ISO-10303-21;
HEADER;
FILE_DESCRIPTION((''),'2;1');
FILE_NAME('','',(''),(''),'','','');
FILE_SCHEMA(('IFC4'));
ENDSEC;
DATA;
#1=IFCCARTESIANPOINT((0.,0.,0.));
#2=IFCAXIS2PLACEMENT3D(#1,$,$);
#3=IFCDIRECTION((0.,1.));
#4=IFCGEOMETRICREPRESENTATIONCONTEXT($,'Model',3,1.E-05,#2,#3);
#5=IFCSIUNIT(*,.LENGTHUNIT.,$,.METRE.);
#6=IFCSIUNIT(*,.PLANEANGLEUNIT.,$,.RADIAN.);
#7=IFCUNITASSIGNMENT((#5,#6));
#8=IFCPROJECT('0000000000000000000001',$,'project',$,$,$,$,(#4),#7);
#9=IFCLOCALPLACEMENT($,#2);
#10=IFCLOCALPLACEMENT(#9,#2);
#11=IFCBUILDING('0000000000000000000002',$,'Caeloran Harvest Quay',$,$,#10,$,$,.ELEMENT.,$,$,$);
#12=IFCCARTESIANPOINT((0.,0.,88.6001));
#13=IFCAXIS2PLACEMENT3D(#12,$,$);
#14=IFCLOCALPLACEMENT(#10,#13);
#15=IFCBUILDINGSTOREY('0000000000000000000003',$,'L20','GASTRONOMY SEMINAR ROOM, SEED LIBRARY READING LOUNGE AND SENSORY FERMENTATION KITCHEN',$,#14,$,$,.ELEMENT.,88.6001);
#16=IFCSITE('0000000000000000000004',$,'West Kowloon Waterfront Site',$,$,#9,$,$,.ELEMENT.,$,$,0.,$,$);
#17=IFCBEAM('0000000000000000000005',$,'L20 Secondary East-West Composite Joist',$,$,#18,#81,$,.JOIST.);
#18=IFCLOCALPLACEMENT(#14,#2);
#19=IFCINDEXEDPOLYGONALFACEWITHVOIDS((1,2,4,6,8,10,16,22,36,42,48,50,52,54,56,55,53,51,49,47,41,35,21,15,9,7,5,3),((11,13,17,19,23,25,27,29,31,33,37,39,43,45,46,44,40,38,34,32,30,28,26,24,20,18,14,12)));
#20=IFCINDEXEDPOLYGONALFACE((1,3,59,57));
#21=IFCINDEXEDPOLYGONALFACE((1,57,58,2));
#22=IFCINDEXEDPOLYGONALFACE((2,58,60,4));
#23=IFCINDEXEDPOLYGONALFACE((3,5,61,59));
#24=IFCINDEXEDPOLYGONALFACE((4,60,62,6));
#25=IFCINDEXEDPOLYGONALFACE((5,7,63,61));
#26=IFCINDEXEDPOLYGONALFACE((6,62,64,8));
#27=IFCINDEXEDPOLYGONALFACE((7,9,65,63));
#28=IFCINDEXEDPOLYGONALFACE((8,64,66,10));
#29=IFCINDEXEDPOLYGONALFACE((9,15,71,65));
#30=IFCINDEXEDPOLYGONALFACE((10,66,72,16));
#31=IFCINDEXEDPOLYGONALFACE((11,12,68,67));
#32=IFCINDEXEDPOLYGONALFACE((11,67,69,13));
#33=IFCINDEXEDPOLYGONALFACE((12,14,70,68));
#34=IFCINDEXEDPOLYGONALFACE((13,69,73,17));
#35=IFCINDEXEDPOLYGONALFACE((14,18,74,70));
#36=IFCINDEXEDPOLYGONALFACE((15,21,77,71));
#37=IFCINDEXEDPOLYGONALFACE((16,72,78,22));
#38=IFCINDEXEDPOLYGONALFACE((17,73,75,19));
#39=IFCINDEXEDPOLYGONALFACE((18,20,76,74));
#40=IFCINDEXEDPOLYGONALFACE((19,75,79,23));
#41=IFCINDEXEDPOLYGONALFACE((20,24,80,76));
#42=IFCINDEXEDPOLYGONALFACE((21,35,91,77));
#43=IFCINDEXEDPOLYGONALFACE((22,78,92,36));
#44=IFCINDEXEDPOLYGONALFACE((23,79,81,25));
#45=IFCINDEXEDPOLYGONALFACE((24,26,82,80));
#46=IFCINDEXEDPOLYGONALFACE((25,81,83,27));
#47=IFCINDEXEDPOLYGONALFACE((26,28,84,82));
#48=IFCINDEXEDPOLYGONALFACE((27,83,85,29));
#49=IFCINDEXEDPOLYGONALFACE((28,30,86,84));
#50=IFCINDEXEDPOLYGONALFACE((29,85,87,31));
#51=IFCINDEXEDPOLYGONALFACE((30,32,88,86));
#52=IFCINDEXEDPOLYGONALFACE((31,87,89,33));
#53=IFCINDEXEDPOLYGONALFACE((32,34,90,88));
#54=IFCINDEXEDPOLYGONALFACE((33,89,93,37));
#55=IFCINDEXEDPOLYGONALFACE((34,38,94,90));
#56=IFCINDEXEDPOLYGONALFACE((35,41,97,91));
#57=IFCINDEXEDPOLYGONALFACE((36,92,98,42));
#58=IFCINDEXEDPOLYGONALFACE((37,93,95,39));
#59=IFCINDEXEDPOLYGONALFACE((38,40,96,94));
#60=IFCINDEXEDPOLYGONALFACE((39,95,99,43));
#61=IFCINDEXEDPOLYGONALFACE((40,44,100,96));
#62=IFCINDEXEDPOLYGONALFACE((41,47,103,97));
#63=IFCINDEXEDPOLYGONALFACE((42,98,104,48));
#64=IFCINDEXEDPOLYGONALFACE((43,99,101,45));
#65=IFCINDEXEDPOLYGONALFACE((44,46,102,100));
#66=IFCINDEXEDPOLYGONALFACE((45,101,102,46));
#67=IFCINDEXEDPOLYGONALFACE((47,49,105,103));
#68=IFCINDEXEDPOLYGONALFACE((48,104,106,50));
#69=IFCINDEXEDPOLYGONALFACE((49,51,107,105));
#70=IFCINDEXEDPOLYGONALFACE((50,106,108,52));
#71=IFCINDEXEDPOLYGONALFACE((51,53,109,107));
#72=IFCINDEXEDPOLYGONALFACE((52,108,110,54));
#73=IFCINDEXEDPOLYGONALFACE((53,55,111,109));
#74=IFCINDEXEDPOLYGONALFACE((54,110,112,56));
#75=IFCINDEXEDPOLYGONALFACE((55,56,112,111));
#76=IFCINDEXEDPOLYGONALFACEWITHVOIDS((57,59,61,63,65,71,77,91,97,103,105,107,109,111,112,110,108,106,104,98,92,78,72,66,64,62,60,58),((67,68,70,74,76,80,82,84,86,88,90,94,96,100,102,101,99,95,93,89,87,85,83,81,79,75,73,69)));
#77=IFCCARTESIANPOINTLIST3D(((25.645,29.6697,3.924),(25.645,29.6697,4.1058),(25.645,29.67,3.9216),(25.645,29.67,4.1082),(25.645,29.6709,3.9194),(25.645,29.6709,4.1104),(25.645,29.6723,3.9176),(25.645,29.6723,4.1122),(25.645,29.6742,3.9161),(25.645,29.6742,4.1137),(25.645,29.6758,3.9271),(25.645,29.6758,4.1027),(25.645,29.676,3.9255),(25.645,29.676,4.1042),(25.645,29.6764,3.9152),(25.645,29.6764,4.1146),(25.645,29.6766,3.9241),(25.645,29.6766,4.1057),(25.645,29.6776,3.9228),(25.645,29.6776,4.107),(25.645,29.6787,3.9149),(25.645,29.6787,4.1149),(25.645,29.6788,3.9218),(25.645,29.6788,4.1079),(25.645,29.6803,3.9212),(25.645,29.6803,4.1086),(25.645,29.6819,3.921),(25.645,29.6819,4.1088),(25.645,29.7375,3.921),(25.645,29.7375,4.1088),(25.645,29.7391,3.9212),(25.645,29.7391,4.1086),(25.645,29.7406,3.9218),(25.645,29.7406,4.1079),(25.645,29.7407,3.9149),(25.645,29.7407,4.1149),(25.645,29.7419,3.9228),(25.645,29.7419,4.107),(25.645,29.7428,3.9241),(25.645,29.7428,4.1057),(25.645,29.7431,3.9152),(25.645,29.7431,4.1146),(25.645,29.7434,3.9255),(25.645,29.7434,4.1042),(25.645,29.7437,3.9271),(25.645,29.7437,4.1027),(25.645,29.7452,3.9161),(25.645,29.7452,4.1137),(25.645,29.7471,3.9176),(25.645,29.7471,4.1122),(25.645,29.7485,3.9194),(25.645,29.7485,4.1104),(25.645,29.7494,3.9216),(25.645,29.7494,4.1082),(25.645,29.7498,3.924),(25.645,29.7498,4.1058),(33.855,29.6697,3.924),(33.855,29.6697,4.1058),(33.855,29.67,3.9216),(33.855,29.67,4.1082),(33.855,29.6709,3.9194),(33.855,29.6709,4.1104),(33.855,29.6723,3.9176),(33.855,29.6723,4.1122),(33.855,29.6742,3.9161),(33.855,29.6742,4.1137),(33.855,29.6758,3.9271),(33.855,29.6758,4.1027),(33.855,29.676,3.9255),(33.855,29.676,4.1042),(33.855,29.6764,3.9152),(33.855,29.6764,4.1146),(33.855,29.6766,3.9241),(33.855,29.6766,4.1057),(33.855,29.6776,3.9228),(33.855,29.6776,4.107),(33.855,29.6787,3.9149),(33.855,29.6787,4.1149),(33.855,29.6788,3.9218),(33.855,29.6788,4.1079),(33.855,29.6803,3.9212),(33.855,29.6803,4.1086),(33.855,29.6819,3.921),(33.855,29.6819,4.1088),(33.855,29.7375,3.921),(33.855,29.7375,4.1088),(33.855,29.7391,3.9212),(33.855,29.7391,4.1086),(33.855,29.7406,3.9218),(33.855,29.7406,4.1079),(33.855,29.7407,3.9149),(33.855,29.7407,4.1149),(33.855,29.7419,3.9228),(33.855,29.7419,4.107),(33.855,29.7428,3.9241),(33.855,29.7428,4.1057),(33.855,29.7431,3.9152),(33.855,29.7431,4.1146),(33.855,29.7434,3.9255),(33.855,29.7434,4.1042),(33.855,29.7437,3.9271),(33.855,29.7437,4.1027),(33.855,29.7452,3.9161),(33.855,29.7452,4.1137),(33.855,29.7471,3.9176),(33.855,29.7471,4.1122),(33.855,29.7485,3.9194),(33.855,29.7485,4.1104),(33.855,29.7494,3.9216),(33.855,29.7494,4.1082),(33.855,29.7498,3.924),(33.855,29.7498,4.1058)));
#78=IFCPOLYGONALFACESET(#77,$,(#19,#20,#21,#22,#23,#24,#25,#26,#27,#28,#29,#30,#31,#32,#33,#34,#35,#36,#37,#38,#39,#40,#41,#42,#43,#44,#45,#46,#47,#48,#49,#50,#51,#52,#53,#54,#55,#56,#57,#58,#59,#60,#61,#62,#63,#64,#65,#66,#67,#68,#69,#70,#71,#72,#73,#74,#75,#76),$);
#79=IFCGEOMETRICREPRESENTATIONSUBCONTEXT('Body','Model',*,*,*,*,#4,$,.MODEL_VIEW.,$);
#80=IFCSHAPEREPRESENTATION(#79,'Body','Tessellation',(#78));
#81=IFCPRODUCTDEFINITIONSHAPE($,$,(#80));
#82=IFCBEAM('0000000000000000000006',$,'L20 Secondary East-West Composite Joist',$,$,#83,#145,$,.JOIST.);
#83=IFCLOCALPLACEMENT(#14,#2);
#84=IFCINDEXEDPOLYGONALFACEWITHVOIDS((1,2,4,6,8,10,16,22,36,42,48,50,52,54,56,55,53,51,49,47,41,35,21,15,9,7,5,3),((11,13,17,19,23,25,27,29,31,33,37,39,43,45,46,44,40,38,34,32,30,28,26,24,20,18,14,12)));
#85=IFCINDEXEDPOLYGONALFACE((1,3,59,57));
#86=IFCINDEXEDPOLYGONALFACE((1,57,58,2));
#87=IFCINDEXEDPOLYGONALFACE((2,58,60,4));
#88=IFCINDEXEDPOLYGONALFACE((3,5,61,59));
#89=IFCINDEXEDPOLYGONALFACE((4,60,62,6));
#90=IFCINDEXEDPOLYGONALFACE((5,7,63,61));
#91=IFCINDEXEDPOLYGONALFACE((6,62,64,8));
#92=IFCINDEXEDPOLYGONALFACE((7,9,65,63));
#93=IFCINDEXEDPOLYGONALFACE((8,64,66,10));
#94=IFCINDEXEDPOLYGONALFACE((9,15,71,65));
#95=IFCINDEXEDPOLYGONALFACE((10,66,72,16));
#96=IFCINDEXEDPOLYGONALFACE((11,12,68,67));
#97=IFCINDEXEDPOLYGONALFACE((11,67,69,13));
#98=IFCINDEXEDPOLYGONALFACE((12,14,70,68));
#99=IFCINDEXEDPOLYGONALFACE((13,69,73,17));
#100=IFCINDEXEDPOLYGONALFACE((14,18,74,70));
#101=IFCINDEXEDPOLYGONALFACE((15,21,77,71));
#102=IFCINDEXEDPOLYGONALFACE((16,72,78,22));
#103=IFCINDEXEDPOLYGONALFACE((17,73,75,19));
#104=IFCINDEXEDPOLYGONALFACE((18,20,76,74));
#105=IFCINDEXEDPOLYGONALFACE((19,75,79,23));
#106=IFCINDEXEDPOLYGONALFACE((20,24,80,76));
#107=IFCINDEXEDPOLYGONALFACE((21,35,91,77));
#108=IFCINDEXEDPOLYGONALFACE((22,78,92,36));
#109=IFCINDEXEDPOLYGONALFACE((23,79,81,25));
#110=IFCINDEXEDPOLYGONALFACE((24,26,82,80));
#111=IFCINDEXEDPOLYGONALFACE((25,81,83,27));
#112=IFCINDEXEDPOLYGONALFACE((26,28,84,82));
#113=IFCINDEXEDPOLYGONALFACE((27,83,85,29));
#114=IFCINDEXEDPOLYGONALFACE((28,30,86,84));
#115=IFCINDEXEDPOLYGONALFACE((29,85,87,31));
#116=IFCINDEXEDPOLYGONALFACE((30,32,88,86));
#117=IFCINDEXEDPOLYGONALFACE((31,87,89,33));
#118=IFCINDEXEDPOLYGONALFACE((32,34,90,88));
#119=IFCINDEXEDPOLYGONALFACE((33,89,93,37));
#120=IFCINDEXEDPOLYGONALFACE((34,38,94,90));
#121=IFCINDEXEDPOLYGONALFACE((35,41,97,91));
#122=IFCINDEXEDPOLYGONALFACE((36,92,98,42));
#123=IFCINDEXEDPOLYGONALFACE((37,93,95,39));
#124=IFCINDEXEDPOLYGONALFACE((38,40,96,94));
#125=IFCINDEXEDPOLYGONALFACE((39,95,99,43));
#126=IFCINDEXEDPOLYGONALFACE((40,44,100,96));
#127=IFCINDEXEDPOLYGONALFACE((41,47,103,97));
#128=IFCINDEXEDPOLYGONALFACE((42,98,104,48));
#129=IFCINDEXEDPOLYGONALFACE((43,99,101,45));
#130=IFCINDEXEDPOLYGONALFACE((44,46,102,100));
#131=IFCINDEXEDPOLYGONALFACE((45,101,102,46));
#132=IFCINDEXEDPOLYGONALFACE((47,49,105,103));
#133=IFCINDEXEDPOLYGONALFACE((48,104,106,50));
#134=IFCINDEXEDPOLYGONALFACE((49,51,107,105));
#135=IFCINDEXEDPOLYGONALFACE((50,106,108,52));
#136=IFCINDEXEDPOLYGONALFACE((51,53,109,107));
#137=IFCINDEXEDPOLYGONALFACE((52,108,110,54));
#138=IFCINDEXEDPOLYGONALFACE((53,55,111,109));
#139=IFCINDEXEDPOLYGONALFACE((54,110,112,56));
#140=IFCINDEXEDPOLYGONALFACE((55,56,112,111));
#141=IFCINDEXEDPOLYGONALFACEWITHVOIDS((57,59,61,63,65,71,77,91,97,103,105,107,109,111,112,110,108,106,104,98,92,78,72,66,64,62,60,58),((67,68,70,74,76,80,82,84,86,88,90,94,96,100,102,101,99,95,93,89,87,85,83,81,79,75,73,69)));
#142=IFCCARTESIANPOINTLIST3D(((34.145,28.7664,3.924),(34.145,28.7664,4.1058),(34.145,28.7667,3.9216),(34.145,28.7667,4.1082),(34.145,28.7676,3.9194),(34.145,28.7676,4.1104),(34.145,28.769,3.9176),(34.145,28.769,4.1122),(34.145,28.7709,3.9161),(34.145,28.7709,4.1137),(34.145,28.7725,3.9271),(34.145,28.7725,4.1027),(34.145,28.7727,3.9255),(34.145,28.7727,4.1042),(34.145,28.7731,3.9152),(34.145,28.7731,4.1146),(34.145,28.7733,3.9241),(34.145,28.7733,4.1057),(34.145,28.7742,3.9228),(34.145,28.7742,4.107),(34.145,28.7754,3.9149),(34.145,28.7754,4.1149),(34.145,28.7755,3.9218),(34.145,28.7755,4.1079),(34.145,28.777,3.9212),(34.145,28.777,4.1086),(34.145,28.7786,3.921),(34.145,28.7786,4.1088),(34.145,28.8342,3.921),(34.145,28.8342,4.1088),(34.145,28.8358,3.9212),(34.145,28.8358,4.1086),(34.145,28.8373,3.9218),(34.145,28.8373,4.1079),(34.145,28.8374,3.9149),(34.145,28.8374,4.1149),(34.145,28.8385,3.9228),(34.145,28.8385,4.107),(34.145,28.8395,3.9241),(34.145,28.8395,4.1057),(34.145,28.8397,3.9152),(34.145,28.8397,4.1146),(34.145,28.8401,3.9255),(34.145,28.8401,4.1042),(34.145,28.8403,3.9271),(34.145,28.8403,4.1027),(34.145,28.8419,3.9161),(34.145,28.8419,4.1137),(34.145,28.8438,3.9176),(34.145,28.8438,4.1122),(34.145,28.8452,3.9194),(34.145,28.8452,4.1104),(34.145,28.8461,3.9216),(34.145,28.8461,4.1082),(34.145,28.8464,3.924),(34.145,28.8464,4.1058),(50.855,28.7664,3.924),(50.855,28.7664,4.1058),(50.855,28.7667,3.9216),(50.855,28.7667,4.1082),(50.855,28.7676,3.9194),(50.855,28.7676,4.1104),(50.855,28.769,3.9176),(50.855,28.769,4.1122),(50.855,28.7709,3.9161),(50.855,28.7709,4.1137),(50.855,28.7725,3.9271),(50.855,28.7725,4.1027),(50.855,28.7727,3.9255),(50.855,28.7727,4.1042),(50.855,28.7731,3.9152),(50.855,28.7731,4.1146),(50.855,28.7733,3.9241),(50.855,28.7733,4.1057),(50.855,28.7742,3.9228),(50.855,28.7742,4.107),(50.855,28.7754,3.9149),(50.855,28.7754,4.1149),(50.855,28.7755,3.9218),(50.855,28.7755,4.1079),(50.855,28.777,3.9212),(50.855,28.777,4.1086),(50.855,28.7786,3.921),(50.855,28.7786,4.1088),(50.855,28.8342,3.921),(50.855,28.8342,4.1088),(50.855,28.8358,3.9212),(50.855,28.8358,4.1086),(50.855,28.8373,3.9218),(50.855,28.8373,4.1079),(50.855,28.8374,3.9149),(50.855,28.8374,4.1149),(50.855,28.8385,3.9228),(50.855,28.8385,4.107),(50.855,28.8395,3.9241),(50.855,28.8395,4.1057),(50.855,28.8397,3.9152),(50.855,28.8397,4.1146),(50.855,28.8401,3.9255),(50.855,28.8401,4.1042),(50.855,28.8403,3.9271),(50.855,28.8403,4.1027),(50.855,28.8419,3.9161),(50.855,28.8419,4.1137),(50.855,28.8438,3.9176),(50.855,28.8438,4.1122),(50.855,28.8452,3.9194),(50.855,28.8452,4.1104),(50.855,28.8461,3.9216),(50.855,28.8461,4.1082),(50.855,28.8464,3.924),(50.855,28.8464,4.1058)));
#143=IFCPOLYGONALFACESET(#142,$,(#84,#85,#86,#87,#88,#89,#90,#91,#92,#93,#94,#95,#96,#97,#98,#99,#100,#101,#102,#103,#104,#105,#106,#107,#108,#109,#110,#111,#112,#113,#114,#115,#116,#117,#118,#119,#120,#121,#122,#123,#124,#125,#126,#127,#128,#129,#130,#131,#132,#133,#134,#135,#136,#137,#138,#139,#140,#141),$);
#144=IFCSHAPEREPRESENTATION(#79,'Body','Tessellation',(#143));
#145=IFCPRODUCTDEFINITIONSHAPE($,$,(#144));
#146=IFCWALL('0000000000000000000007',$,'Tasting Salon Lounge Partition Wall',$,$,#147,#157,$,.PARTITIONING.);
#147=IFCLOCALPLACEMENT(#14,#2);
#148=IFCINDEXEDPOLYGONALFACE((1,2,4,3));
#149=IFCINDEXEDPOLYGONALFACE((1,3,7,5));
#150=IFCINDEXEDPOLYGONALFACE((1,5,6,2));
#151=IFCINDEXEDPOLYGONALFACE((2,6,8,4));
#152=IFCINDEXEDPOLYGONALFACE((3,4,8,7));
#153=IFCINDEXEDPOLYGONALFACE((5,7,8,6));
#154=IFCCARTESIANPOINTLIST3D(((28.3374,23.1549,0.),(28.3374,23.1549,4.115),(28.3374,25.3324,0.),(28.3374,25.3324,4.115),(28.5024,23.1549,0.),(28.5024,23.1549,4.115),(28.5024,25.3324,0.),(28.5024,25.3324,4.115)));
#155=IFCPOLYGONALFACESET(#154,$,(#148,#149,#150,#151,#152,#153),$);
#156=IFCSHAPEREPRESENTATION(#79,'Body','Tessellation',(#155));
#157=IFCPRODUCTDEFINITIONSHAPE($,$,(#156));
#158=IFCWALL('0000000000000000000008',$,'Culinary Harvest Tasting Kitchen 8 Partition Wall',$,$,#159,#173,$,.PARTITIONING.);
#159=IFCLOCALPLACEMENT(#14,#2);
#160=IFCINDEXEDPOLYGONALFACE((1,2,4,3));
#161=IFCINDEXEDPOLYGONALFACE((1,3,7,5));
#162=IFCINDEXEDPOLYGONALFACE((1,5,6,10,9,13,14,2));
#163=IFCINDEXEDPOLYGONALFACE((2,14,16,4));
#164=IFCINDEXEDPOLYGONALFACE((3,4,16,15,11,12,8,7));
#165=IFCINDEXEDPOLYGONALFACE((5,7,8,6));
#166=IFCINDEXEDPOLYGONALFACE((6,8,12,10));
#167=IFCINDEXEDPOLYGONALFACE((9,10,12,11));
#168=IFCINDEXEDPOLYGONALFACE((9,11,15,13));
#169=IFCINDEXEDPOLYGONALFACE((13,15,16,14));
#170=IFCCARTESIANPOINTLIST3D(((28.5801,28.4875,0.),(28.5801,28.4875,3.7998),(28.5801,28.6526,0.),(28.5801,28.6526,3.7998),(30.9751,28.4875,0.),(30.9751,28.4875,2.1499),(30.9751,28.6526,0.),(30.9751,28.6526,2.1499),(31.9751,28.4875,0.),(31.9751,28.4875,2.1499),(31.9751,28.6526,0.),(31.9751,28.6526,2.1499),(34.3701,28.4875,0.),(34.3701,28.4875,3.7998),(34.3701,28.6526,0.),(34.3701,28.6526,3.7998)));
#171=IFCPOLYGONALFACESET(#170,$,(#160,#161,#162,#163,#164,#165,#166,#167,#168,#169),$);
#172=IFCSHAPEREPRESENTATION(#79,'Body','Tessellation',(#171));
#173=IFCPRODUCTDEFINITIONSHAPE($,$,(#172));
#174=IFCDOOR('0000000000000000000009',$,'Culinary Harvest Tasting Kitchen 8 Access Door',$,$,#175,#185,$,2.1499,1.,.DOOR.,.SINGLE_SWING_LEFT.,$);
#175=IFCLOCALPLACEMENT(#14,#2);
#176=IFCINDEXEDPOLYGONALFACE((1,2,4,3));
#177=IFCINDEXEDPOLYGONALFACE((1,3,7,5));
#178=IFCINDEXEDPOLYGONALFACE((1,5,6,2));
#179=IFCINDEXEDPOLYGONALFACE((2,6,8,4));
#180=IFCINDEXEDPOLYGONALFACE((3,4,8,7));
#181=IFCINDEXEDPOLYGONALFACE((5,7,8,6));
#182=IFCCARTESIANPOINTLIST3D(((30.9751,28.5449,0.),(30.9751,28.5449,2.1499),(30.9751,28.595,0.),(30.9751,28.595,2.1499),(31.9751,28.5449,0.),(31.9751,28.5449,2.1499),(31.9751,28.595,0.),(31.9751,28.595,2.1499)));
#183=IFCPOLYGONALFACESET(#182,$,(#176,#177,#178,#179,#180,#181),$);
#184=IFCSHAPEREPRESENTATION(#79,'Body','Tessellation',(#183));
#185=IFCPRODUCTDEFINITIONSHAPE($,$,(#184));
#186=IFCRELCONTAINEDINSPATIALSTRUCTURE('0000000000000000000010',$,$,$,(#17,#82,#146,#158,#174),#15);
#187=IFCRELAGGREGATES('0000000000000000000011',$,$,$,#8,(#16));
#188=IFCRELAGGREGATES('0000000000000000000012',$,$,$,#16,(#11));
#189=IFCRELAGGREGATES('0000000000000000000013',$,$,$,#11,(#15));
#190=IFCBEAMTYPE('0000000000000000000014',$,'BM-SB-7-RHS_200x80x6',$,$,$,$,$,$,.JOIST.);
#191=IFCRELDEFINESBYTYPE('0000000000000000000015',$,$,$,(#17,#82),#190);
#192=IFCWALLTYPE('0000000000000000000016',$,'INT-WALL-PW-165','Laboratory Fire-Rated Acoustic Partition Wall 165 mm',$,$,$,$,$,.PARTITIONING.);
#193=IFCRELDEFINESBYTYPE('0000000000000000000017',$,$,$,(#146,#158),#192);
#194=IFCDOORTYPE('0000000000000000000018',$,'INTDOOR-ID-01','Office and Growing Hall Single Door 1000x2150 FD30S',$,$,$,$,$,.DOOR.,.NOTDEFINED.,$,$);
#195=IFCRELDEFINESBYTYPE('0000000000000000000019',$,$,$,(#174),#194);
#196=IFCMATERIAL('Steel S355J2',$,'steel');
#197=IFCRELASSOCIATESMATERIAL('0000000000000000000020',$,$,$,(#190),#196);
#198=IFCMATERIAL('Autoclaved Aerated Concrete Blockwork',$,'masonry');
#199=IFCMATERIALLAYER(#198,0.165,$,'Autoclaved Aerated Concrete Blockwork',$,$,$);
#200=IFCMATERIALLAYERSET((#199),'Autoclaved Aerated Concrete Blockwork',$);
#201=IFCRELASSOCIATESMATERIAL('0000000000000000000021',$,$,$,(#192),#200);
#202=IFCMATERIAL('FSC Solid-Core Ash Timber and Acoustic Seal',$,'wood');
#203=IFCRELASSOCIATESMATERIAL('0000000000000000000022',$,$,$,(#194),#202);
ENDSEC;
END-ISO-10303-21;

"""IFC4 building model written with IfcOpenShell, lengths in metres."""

from ifc_helpers import new_model, si_unit, direction, frame, frame_2d, origin, origin_2d, place, context, subcontext, project, spatial, rectangle, hollow_rectangle, extrude, material, layer, layer_set, material_profile, profile_set, type_object, element, fill, save


model = new_model("IFC4")

# Units and contexts
model_context = context("Model", 3, precision=1e-05, world=origin(), true_north=direction((0.0, 1.0)))
body_context = subcontext(model_context, "Body", "Model", "MODEL_VIEW")
ifc_project = project(units=[si_unit("LENGTHUNIT", "METRE"), si_unit("PLANEANGLEUNIT", "RADIAN")], contexts=[model_context])

# Site, building, storey
site_placement = place(None, origin())
site = spatial("IfcSite", under=ifc_project, at=site_placement, Name="West Kowloon Waterfront Site", CompositionType="ELEMENT", RefElevation=0.0)
building_placement = place(site_placement, origin())
building = spatial("IfcBuilding", under=site, at=building_placement, Name="Caeloran Harvest Quay", CompositionType="ELEMENT")
storey_placement = place(building_placement, frame((0.0, 0.0, 88.6001)))
storey = spatial("IfcBuildingStorey", under=building, at=storey_placement, Name="L20", Description="GASTRONOMY SEMINAR ROOM, SEED LIBRARY READING LOUNGE AND SENSORY FERMENTATION KITCHEN", CompositionType="ELEMENT", Elevation=88.6001)

# Beams
ifc_material_1 = material(Name="Steel S355J2", Category="steel")
ifc_material_profile_1 = material_profile(ifc_material_1, hollow_rectangle(XDim=0.0801, YDim=0.2, WallThickness=0.0061, InnerFilletRadius=0.0061, OuterFilletRadius=0.009, at=origin_2d()), Name="RHS 200x80x6")
ifc_profile_set_1 = profile_set([ifc_material_profile_1], Name="Steel S355J2")
beam_type_1 = type_object("IfcBeamType", Name="BM-SB-7-RHS_200x80x6", PredefinedType="JOIST", material=ifc_profile_set_1)
for number, where, z_axis, x_axis, name in (
    (1, (25.645, 29.7097, 4.0149), (1.0, 0.0, 0.0), (0.0, 1.0, 0.0), "L20 Secondary East-West Composite Joist"),
):
    element("IfcBeam", number, at=place(storey_placement, frame(where, z_axis=z_axis, x_axis=x_axis)), inside=storey, type_object=beam_type_1, Name=name, PredefinedType="JOIST", context=body_context, shape_type="SweptSolid", body=[
        extrude(hollow_rectangle(XDim=0.0801, YDim=0.2, WallThickness=0.0061, InnerFilletRadius=0.0061, OuterFilletRadius=0.009, at=origin_2d()), origin(), (0.0, 0.0, 1.0), 8.21),
    ])
beam_1_placement = place(storey_placement, frame((34.145, 28.8064, 4.0149), z_axis=(1.0, 0.0, 0.0), x_axis=(0.0, 1.0, 0.0)))
element("IfcBeam", 2, at=beam_1_placement, inside=storey, type_object=beam_type_1, Name="L20 Secondary East-West Composite Joist", PredefinedType="JOIST", context=body_context, shape_type="SweptSolid", body=[
    extrude(hollow_rectangle(XDim=0.0801, YDim=0.2, WallThickness=0.0061, InnerFilletRadius=0.0061, OuterFilletRadius=0.009, at=origin_2d()), origin(), (0.0, 0.0, 1.0), 16.71),
])

# Wall
ifc_material_2 = material(Name="Autoclaved Aerated Concrete Blockwork", Category="masonry")
ifc_layer_1 = layer(ifc_material_2, 0.165, Name="Autoclaved Aerated Concrete Blockwork")
ifc_layer_set_1 = layer_set([ifc_layer_1], Name="Autoclaved Aerated Concrete Blockwork")
wall_type_1 = type_object("IfcWallType", Name="INT-WALL-PW-165", Description="Laboratory Fire-Rated Acoustic Partition Wall 165 mm", PredefinedType="PARTITIONING", material=ifc_layer_set_1)
wall_1_placement = place(storey_placement, frame((28.4199, 25.3325, 0.0), z_axis=(0.0, 0.0, 1.0), x_axis=(0.0, -1.0, 0.0)))
element("IfcWall", 3, at=wall_1_placement, inside=storey, type_object=wall_type_1, Name="Tasting Salon Lounge Partition Wall", PredefinedType="PARTITIONING", context=body_context, shape_type="SweptSolid", body=[
    extrude(rectangle(XDim=2.1775, YDim=0.165, at=frame_2d((1.0889, 0.0))), origin(), (0.0, 0.0, 1.0), 4.115),
])

# Wall, opening, door
wall_2_placement = place(storey_placement, frame((28.5801, 28.5701, 0.0), z_axis=(0.0, 0.0, 1.0), x_axis=(1.0, 0.0, 0.0)))
wall_2 = element("IfcWall", 4, at=wall_2_placement, inside=storey, type_object=wall_type_1, Name="Culinary Harvest Tasting Kitchen 8 Partition Wall", PredefinedType="PARTITIONING", context=body_context, shape_type="SweptSolid", body=[
    extrude(rectangle(XDim=5.79, YDim=0.165, at=frame_2d((2.895, 0.0))), origin(), (0.0, 0.0, 1.0), 3.7998),
])
opening_placement = place(wall_2_placement, frame((2.395, 0.0, 0.0)))
opening = element("IfcOpeningElement", 5, at=opening_placement, cuts=wall_2, PredefinedType="OPENING", context=body_context, shape_type="SweptSolid", body=[
    extrude(rectangle(XDim=1.0, YDim=2.1499, at=frame_2d((0.5, 1.075))), frame((0.0, 0.0925, 0.0), z_axis=(0.0, -1.0, 0.0), x_axis=(1.0, 0.0, 0.0)), (0.0, 0.0, 1.0), 0.1851),
])
ifc_material_3 = material(Name="FSC Solid-Core Ash Timber and Acoustic Seal", Category="wood")
door_type = type_object("IfcDoorType", Name="INTDOOR-ID-01", Description="Office and Growing Hall Single Door 1000x2150 FD30S", OperationType="NOTDEFINED", PredefinedType="DOOR", material=ifc_material_3)
door_placement = place(opening_placement, origin())
door = element("IfcDoor", 6, at=door_placement, inside=storey, type_object=door_type, Name="Culinary Harvest Tasting Kitchen 8 Access Door", OperationType="SINGLE_SWING_LEFT", OverallHeight=2.1499, OverallWidth=1.0, PredefinedType="DOOR", context=body_context, shape_type="SweptSolid", body=[
    extrude(rectangle(XDim=1.0, YDim=2.1499, at=frame_2d((0.5, 1.075))), frame((0.0, 0.0249, 0.0), z_axis=(0.0, -1.0, 0.0), x_axis=(1.0, 0.0, 0.0)), (0.0, 0.0, 1.0), 0.05),
])
fill(opening, door)

save(model, "model.ifc")
